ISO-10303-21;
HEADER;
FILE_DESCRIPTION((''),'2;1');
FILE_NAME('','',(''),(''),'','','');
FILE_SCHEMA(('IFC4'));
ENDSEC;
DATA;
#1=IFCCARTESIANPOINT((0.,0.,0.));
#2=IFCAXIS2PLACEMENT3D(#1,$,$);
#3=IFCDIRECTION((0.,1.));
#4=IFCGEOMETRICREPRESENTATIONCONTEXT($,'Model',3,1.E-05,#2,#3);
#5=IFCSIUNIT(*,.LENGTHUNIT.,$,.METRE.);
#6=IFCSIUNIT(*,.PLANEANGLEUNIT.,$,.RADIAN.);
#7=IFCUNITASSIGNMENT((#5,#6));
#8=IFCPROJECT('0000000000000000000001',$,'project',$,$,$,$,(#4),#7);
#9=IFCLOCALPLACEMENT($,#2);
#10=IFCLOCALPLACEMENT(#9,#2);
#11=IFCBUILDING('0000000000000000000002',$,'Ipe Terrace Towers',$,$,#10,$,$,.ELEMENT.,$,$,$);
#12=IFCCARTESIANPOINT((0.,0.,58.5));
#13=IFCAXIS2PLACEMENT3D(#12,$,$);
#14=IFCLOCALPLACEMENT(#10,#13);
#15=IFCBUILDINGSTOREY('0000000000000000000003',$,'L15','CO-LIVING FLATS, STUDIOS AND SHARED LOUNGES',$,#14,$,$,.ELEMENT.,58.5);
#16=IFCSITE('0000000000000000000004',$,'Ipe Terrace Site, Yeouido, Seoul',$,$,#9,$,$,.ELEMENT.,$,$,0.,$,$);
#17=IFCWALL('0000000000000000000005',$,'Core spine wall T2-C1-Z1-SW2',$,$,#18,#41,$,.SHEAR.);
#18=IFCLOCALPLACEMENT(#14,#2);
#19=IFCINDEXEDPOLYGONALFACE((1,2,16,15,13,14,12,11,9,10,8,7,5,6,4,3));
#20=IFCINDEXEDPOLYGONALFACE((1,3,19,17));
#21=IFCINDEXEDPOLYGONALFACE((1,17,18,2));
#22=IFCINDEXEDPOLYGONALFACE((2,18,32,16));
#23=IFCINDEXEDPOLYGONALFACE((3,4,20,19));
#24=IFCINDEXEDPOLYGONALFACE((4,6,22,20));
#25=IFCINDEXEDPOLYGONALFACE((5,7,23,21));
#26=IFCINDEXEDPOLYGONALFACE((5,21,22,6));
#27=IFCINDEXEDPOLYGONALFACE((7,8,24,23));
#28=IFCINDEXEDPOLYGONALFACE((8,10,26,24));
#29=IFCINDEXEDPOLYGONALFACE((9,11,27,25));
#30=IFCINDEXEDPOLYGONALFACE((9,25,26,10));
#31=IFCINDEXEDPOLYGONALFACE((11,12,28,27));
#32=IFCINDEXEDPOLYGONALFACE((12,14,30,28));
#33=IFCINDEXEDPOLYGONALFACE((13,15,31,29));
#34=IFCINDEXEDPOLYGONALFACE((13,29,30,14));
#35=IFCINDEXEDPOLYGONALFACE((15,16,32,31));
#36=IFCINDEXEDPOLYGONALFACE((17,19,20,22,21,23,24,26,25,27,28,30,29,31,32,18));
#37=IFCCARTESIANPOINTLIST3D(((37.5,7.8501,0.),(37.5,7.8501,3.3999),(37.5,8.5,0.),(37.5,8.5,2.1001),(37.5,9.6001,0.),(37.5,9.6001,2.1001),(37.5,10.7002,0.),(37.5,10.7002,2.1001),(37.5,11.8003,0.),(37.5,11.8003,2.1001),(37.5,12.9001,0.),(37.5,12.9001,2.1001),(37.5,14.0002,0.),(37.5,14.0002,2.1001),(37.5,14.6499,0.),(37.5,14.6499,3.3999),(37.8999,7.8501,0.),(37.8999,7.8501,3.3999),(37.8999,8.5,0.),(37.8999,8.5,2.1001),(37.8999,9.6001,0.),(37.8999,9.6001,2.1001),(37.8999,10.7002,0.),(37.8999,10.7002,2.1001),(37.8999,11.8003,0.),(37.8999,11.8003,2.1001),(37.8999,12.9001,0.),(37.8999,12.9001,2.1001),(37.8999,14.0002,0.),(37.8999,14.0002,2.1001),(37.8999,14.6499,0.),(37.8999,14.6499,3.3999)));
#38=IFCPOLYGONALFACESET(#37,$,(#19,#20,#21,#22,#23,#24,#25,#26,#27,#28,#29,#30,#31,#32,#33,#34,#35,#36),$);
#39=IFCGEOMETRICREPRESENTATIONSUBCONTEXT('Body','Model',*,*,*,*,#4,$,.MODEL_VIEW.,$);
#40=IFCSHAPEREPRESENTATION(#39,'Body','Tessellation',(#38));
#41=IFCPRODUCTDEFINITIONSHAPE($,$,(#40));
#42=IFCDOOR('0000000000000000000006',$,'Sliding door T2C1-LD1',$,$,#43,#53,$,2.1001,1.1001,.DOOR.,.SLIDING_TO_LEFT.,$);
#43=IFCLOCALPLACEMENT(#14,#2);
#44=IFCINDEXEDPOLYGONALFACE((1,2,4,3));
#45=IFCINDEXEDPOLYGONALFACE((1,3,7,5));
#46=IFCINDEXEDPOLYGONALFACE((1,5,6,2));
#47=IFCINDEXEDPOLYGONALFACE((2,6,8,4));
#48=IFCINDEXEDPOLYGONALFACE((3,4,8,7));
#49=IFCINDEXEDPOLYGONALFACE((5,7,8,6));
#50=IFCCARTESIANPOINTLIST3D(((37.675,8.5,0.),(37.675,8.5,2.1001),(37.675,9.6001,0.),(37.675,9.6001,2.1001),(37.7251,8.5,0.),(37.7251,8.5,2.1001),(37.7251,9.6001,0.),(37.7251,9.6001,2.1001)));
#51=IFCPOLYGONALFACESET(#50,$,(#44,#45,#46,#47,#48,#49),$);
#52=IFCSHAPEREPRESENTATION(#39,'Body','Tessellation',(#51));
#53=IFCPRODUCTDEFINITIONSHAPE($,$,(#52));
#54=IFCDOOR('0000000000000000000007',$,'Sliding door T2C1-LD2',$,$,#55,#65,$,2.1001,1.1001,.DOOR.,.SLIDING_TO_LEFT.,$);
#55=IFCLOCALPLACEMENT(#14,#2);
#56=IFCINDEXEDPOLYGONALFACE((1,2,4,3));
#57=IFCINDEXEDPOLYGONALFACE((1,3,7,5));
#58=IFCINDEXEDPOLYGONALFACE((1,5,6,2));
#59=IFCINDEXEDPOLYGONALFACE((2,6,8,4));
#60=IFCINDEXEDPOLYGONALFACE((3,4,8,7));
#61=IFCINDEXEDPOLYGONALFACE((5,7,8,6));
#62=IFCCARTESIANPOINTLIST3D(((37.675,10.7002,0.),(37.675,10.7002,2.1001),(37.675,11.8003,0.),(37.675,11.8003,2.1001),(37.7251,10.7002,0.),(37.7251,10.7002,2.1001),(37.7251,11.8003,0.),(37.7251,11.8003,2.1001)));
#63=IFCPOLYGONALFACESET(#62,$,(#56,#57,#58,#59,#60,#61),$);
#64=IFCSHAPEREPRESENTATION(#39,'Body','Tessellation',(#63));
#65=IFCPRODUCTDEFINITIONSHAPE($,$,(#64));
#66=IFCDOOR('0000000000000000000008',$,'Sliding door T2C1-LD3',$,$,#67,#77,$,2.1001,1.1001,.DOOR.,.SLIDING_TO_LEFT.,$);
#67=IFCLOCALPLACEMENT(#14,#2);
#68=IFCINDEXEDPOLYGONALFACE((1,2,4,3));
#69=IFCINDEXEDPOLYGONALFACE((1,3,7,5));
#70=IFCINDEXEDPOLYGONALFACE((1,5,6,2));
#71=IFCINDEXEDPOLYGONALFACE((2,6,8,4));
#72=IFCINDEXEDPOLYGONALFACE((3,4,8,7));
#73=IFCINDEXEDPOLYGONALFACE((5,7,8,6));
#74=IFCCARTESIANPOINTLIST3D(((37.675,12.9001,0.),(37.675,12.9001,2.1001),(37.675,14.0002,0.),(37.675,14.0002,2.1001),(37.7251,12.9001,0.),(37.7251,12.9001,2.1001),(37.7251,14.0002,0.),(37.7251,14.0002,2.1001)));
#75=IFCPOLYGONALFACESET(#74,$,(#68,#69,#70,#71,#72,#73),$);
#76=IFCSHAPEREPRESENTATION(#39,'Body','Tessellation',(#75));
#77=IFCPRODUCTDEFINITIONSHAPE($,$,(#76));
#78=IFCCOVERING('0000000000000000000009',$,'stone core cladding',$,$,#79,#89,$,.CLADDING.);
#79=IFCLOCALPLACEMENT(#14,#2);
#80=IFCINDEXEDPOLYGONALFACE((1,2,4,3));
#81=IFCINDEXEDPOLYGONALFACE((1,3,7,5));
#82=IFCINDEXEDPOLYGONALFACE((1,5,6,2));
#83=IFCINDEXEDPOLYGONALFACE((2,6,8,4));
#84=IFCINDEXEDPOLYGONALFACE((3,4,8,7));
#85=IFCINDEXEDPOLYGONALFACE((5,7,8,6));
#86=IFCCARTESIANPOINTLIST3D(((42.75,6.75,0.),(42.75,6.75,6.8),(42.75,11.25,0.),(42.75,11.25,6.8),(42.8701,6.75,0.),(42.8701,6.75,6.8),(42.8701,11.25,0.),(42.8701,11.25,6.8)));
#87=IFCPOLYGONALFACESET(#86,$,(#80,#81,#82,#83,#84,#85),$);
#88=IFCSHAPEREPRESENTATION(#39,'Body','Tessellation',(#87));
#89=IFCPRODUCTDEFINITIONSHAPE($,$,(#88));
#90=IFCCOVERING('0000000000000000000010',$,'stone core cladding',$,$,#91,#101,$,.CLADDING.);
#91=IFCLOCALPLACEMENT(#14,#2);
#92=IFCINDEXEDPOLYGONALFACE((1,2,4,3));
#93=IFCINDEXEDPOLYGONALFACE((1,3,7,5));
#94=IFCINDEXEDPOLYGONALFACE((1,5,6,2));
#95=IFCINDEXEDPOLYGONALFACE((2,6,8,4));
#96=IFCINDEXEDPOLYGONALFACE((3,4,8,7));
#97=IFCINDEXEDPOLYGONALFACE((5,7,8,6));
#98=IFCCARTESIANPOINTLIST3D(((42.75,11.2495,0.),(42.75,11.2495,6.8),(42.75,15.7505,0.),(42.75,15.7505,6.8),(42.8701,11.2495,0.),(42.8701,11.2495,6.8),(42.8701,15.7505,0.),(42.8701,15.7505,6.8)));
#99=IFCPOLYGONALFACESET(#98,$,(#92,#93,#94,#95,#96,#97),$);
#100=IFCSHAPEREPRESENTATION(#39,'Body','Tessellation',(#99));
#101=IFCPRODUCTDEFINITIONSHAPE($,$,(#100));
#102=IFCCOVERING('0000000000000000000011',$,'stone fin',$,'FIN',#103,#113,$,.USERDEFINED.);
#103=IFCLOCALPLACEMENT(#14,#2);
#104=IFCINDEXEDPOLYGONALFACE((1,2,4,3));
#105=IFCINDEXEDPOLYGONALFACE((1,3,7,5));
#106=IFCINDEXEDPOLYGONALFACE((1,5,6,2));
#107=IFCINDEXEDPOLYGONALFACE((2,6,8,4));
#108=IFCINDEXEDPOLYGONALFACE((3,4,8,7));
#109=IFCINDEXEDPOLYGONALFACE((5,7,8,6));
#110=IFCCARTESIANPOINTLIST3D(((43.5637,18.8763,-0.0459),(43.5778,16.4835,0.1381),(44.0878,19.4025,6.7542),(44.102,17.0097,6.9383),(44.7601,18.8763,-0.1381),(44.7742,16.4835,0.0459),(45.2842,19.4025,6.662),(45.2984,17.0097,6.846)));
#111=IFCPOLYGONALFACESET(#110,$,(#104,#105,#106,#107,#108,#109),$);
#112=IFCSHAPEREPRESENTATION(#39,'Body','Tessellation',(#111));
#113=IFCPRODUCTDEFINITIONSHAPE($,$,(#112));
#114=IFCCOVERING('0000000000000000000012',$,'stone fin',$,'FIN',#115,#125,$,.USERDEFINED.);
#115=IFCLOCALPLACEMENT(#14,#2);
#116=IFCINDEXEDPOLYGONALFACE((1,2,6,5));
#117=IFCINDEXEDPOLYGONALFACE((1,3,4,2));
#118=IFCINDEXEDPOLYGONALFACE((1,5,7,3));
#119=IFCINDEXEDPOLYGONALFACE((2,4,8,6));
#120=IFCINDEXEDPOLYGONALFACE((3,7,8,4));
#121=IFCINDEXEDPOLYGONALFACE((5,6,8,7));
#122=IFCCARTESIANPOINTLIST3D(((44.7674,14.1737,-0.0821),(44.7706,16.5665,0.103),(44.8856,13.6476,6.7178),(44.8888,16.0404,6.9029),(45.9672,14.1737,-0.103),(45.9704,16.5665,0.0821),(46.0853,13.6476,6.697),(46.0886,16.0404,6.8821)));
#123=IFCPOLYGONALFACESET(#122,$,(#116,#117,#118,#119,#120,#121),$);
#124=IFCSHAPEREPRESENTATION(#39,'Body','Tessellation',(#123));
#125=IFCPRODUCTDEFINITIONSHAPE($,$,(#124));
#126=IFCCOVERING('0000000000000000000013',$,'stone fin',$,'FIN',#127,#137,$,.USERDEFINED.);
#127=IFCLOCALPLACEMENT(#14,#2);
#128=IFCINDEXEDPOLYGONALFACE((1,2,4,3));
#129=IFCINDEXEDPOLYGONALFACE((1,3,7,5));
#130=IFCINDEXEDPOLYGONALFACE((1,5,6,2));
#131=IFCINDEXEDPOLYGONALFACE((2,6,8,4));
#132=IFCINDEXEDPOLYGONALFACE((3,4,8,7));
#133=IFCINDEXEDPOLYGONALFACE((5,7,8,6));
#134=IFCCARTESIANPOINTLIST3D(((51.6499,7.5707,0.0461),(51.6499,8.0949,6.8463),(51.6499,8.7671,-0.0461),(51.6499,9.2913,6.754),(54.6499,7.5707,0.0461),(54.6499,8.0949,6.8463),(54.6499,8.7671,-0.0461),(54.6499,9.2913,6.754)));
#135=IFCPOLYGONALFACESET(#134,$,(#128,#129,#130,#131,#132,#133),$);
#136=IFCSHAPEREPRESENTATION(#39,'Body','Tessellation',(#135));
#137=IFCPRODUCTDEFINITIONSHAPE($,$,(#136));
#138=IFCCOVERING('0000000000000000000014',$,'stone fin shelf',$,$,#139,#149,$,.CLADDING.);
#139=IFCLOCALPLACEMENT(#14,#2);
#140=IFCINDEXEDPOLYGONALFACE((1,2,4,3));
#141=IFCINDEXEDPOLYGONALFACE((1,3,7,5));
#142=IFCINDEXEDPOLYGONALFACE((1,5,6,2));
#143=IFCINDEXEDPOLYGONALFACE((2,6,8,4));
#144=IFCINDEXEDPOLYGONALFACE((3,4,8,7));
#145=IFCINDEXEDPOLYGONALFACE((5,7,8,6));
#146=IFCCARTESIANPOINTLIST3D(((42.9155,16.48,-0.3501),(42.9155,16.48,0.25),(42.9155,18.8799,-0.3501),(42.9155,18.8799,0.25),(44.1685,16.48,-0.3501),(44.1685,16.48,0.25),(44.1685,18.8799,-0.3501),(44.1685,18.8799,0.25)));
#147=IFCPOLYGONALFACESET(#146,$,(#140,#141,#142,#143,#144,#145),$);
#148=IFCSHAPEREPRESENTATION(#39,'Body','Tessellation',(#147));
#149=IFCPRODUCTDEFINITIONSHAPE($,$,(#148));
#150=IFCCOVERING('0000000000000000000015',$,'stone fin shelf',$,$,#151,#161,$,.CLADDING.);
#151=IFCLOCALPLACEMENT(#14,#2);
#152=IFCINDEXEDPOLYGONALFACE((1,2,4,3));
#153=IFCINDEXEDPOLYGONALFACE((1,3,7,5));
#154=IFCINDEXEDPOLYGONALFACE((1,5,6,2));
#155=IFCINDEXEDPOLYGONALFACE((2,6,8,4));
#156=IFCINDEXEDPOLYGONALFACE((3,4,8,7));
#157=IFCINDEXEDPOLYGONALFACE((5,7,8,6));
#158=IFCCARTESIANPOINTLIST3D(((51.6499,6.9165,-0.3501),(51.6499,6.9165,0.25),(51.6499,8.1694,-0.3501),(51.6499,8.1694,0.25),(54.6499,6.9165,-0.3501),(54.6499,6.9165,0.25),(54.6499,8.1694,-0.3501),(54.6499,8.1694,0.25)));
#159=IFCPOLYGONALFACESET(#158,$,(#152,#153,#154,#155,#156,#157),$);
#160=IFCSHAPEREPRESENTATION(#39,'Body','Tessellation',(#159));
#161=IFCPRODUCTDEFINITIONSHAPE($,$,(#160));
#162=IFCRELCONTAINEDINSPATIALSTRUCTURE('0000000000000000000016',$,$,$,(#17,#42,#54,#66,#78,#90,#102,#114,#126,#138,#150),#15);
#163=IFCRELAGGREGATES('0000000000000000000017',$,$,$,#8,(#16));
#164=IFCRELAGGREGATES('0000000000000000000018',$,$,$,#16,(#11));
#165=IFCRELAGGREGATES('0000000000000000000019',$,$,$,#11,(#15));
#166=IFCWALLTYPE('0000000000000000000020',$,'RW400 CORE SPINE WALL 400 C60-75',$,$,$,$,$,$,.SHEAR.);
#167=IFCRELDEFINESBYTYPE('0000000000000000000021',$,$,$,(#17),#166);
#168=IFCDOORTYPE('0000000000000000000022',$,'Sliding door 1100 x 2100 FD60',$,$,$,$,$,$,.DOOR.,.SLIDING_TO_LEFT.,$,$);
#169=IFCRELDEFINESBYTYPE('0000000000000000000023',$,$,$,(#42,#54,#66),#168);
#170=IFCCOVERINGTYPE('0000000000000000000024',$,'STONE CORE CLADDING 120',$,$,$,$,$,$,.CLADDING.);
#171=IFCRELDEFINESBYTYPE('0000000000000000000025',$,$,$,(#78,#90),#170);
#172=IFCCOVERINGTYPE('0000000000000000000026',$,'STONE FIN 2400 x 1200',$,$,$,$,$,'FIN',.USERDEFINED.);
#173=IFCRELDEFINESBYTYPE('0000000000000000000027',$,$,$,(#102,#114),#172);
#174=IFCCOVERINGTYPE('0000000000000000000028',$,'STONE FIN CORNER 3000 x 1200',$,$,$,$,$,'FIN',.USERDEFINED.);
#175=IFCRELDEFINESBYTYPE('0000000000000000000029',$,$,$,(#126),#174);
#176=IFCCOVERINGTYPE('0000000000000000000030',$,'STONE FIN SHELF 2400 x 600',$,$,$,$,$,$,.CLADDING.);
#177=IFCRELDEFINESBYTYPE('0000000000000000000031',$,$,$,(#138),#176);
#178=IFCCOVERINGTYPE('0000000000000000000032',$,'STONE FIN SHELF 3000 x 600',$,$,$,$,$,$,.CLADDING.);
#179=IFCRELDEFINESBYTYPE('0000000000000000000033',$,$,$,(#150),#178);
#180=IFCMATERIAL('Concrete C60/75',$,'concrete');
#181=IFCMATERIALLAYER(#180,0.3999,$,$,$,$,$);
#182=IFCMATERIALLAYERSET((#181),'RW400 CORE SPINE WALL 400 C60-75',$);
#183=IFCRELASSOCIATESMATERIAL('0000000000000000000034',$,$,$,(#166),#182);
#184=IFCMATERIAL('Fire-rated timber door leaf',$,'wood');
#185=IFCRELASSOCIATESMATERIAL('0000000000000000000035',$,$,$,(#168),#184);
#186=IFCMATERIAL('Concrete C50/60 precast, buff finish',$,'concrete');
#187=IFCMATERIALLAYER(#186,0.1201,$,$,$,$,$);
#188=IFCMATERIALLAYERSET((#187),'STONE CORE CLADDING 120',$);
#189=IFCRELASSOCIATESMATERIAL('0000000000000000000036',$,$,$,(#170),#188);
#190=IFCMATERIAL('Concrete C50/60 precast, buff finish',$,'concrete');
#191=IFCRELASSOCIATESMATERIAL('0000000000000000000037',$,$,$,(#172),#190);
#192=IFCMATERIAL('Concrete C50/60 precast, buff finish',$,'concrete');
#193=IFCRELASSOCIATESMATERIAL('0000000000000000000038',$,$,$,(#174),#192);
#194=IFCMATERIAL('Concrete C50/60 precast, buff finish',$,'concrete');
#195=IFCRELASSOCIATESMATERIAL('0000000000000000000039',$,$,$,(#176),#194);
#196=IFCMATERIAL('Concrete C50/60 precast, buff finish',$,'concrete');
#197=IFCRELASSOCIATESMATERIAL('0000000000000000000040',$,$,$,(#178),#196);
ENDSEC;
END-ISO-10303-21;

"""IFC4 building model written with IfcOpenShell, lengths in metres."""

from ifc_helpers import new_model, si_unit, direction, frame, frame_2d, origin, origin_2d, place, context, subcontext, project, spatial, rectangle, extrude, material, layer, layer_set, material_profile, profile_set, type_object, element, fill, save


model = new_model("IFC4")

# Units and contexts
model_context = context("Model", 3, precision=1e-05, world=origin(), true_north=direction((0.0, 1.0)))
body_context = subcontext(model_context, "Body", "Model", "MODEL_VIEW")
ifc_project = project(units=[si_unit("LENGTHUNIT", "METRE"), si_unit("PLANEANGLEUNIT", "RADIAN")], contexts=[model_context])

# Site, building, storey
site_placement = place(None, origin())
site = spatial("IfcSite", under=ifc_project, at=site_placement, Name="Ipe Terrace Site, Yeouido, Seoul", CompositionType="ELEMENT", RefElevation=0.0)
building_placement = place(site_placement, origin())
building = spatial("IfcBuilding", under=site, at=building_placement, Name="Ipe Terrace Towers", CompositionType="ELEMENT")
storey_placement = place(building_placement, frame((0.0, 0.0, 58.5)))
storey = spatial("IfcBuildingStorey", under=building, at=storey_placement, Name="L15", Description="CO-LIVING FLATS, STUDIOS AND SHARED LOUNGES", CompositionType="ELEMENT", Elevation=58.5)

# Wall, openings, doors
ifc_material_1 = material(Name="Concrete C60/75", Category="concrete")
ifc_layer_1 = layer(ifc_material_1, 0.3999)
ifc_layer_set_1 = layer_set([ifc_layer_1], Name="RW400 CORE SPINE WALL 400 C60-75")
wall_type_1 = type_object("IfcWallType", Name="RW400 CORE SPINE WALL 400 C60-75", PredefinedType="SHEAR", material=ifc_layer_set_1)
wall_1_placement = place(storey_placement, frame((37.7, 7.8501, 0.0), z_axis=(0.0, 0.0, 1.0), x_axis=(0.0, 1.0, 0.0)))
wall_1 = element("IfcWall", 1, at=wall_1_placement, inside=storey, type_object=wall_type_1, Name="Core spine wall T2-C1-Z1-SW2", PredefinedType="SHEAR", context=body_context, shape_type="SweptSolid", body=[
    extrude(rectangle(XDim=6.7998, YDim=0.3999, at=frame_2d((3.3999, 0.0))), origin(), (0.0, 0.0, 1.0), 3.3999),
])
opening_1_placement = place(wall_1_placement, frame((0.6499, 0.0, 0.0)))
opening_1 = element("IfcOpeningElement", 2, at=opening_1_placement, cuts=wall_1, PredefinedType="OPENING", context=body_context, shape_type="SweptSolid", body=[
    extrude(rectangle(XDim=1.1001, YDim=2.1001, at=frame_2d((0.55, 1.05))), frame((0.0, 0.21, 0.0), z_axis=(0.0, -1.0, 0.0), x_axis=(1.0, 0.0, 0.0)), (0.0, 0.0, 1.0), 0.4199),
])
opening_2_placement = place(wall_1_placement, frame((2.8501, 0.0, 0.0)))
opening_2 = element("IfcOpeningElement", 3, at=opening_2_placement, cuts=wall_1, PredefinedType="OPENING", context=body_context, shape_type="SweptSolid", body=[
    extrude(rectangle(XDim=1.1001, YDim=2.1001, at=frame_2d((0.55, 1.05))), frame((0.0, 0.21, 0.0), z_axis=(0.0, -1.0, 0.0), x_axis=(1.0, 0.0, 0.0)), (0.0, 0.0, 1.0), 0.4199),
])
opening_3_placement = place(wall_1_placement, frame((5.05, 0.0, 0.0)))
opening_3 = element("IfcOpeningElement", 4, at=opening_3_placement, cuts=wall_1, PredefinedType="OPENING", context=body_context, shape_type="SweptSolid", body=[
    extrude(rectangle(XDim=1.1001, YDim=2.1001, at=frame_2d((0.55, 1.05))), frame((0.0, 0.21, 0.0), z_axis=(0.0, -1.0, 0.0), x_axis=(1.0, 0.0, 0.0)), (0.0, 0.0, 1.0), 0.4199),
])
ifc_material_2 = material(Name="Fire-rated timber door leaf", Category="wood")
door_type_1 = type_object("IfcDoorType", Name="Sliding door 1100 x 2100 FD60", OperationType="SLIDING_TO_LEFT", PredefinedType="DOOR", material=ifc_material_2)
door_1_placement = place(opening_1_placement, origin())
door_1 = element("IfcDoor", 5, at=door_1_placement, inside=storey, type_object=door_type_1, Name="Sliding door T2C1-LD1", OperationType="SLIDING_TO_LEFT", OverallHeight=2.1001, OverallWidth=1.1001, PredefinedType="DOOR", context=body_context, shape_type="SweptSolid", body=[
    extrude(rectangle(XDim=1.1001, YDim=2.1001, at=frame_2d((0.55, 1.05))), frame((0.0, 0.0249, 0.0), z_axis=(0.0, -1.0, 0.0), x_axis=(1.0, 0.0, 0.0)), (0.0, 0.0, 1.0), 0.05),
])
fill(opening_1, door_1)
door_2_placement = place(opening_2_placement, origin())
door_2 = element("IfcDoor", 6, at=door_2_placement, inside=storey, type_object=door_type_1, Name="Sliding door T2C1-LD2", OperationType="SLIDING_TO_LEFT", OverallHeight=2.1001, OverallWidth=1.1001, PredefinedType="DOOR", context=body_context, shape_type="SweptSolid", body=[
    extrude(rectangle(XDim=1.1001, YDim=2.1001, at=frame_2d((0.55, 1.05))), frame((0.0, 0.0249, 0.0), z_axis=(0.0, -1.0, 0.0), x_axis=(1.0, 0.0, 0.0)), (0.0, 0.0, 1.0), 0.05),
])
fill(opening_2, door_2)
door_3_placement = place(opening_3_placement, origin())
door_3 = element("IfcDoor", 7, at=door_3_placement, inside=storey, type_object=door_type_1, Name="Sliding door T2C1-LD3", OperationType="SLIDING_TO_LEFT", OverallHeight=2.1001, OverallWidth=1.1001, PredefinedType="DOOR", context=body_context, shape_type="SweptSolid", body=[
    extrude(rectangle(XDim=1.1001, YDim=2.1001, at=frame_2d((0.55, 1.05))), frame((0.0, 0.0249, 0.0), z_axis=(0.0, -1.0, 0.0), x_axis=(1.0, 0.0, 0.0)), (0.0, 0.0, 1.0), 0.05),
])
fill(opening_3, door_3)

# Coverings
ifc_material_3 = material(Name="Concrete C50/60 precast, buff finish", Category="concrete")
ifc_layer_2 = layer(ifc_material_3, 0.1201)
ifc_layer_set_2 = layer_set([ifc_layer_2], Name="STONE CORE CLADDING 120")
covering_type_1 = type_object("IfcCoveringType", Name="STONE CORE CLADDING 120", PredefinedType="CLADDING", material=ifc_layer_set_2)
covering_1_placement = place(storey_placement, frame((42.8101, 9.0, 0.0), z_axis=(0.0, 0.0, 1.0), x_axis=(0.0, 1.0, 0.0)))
element("IfcCovering", 8, at=covering_1_placement, inside=storey, type_object=covering_type_1, Name="stone core cladding", PredefinedType="CLADDING", context=body_context, shape_type="SweptSolid", body=[
    extrude(rectangle(XDim=4.5, YDim=0.1201, at=origin_2d()), origin(), (0.0, 0.0, 1.0), 6.8),
])
covering_2_placement = place(storey_placement, frame((42.8101, 13.5, 0.0), z_axis=(0.0, 0.0, 1.0), x_axis=(0.0, 1.0, 0.0)))
element("IfcCovering", 9, at=covering_2_placement, inside=storey, type_object=covering_type_1, Name="stone core cladding", PredefinedType="CLADDING", context=body_context, shape_type="SweptSolid", body=[
    extrude(rectangle(XDim=4.501, YDim=0.1201, at=origin_2d()), origin(), (0.0, 0.0, 1.0), 6.8),
])
ifc_material_4 = material(Name="Concrete C50/60 precast, buff finish", Category="concrete")
ifc_material_profile_1 = material_profile(ifc_material_4, rectangle(XDim=2.3999, YDim=1.2, at=origin_2d()), Name="STONE FIN 2400 x 1200")
ifc_profile_set_1 = profile_set([ifc_material_profile_1], Name="Concrete C50/60 precast, buff finish")
covering_type_2 = type_object("IfcCoveringType", Name="STONE FIN 2400 x 1200", ElementType="FIN", PredefinedType="USERDEFINED", material=ifc_profile_set_1)
covering_3_placement = place(storey_placement, frame((44.1689, 17.6799, 0.0), z_axis=(0.076628, 0.076913, 0.994089), x_axis=(-0.005911, 0.997038, -0.076686)))
element("IfcCovering", 10, at=covering_3_placement, inside=storey, type_object=covering_type_2, Name="stone fin", ObjectType="FIN", PredefinedType="USERDEFINED", context=body_context, shape_type="SweptSolid", body=[
    extrude(rectangle(XDim=2.3999, YDim=1.2, at=origin_2d()), origin(), (0.0, 0.0, 1.0), 6.8406),
])
covering_4_placement = place(storey_placement, frame((45.3689, 15.3701, 0.0), z_axis=(0.017323, -0.077128, 0.996871), x_axis=(0.00134, 0.997021, 0.077117)))
element("IfcCovering", 11, at=covering_4_placement, inside=storey, type_object=covering_type_2, Name="stone fin", ObjectType="FIN", PredefinedType="USERDEFINED", context=body_context, shape_type="SweptSolid", body=[
    extrude(rectangle(XDim=2.3999, YDim=1.2, at=origin_2d()), origin(), (0.0, 0.0, 1.0), 6.8213),
])
ifc_material_5 = material(Name="Concrete C50/60 precast, buff finish", Category="concrete")
ifc_material_profile_2 = material_profile(ifc_material_5, rectangle(XDim=3.0, YDim=1.2, at=origin_2d()), Name="STONE FIN CORNER 3000 x 1200")
ifc_profile_set_2 = profile_set([ifc_material_profile_2], Name="Concrete C50/60 precast, buff finish")
covering_type_3 = type_object("IfcCoveringType", Name="STONE FIN CORNER 3000 x 1200", ElementType="FIN", PredefinedType="USERDEFINED", material=ifc_profile_set_2)
covering_5_placement = place(storey_placement, frame((53.1499, 8.1689, 0.0), z_axis=(0.0, 0.076855, 0.997042), x_axis=(-1.0, 0.0, 0.0)))
element("IfcCovering", 12, at=covering_5_placement, inside=storey, type_object=covering_type_3, Name="stone fin", ObjectType="FIN", PredefinedType="USERDEFINED", context=body_context, shape_type="SweptSolid", body=[
    extrude(rectangle(XDim=3.0, YDim=1.2, at=origin_2d()), origin(), (0.0, 0.0, 1.0), 6.8203),
])
ifc_material_6 = material(Name="Concrete C50/60 precast, buff finish", Category="concrete")
covering_type_4 = type_object("IfcCoveringType", Name="STONE FIN SHELF 2400 x 600", PredefinedType="CLADDING", material=ifc_material_6)
covering_6_placement = place(storey_placement, frame((43.542, 17.6799, -0.3501), z_axis=(0.0, 0.0, 1.0), x_axis=(0.0, 1.0, 0.0)))
element("IfcCovering", 13, at=covering_6_placement, inside=storey, type_object=covering_type_4, Name="stone fin shelf", PredefinedType="CLADDING", context=body_context, shape_type="SweptSolid", body=[
    extrude(rectangle(XDim=2.3999, YDim=1.2529, at=origin_2d()), origin(), (0.0, 0.0, 1.0), 0.6001),
])
ifc_material_7 = material(Name="Concrete C50/60 precast, buff finish", Category="concrete")
covering_type_5 = type_object("IfcCoveringType", Name="STONE FIN SHELF 3000 x 600", PredefinedType="CLADDING", material=ifc_material_7)
covering_7_placement = place(storey_placement, frame((53.1499, 7.543, -0.3501), z_axis=(0.0, 0.0, 1.0), x_axis=(-1.0, 0.0, 0.0)))
element("IfcCovering", 14, at=covering_7_placement, inside=storey, type_object=covering_type_5, Name="stone fin shelf", PredefinedType="CLADDING", context=body_context, shape_type="SweptSolid", body=[
    extrude(rectangle(XDim=3.0, YDim=1.2529, at=origin_2d()), origin(), (0.0, 0.0, 1.0), 0.6001),
])

save(model, "model.ifc")
